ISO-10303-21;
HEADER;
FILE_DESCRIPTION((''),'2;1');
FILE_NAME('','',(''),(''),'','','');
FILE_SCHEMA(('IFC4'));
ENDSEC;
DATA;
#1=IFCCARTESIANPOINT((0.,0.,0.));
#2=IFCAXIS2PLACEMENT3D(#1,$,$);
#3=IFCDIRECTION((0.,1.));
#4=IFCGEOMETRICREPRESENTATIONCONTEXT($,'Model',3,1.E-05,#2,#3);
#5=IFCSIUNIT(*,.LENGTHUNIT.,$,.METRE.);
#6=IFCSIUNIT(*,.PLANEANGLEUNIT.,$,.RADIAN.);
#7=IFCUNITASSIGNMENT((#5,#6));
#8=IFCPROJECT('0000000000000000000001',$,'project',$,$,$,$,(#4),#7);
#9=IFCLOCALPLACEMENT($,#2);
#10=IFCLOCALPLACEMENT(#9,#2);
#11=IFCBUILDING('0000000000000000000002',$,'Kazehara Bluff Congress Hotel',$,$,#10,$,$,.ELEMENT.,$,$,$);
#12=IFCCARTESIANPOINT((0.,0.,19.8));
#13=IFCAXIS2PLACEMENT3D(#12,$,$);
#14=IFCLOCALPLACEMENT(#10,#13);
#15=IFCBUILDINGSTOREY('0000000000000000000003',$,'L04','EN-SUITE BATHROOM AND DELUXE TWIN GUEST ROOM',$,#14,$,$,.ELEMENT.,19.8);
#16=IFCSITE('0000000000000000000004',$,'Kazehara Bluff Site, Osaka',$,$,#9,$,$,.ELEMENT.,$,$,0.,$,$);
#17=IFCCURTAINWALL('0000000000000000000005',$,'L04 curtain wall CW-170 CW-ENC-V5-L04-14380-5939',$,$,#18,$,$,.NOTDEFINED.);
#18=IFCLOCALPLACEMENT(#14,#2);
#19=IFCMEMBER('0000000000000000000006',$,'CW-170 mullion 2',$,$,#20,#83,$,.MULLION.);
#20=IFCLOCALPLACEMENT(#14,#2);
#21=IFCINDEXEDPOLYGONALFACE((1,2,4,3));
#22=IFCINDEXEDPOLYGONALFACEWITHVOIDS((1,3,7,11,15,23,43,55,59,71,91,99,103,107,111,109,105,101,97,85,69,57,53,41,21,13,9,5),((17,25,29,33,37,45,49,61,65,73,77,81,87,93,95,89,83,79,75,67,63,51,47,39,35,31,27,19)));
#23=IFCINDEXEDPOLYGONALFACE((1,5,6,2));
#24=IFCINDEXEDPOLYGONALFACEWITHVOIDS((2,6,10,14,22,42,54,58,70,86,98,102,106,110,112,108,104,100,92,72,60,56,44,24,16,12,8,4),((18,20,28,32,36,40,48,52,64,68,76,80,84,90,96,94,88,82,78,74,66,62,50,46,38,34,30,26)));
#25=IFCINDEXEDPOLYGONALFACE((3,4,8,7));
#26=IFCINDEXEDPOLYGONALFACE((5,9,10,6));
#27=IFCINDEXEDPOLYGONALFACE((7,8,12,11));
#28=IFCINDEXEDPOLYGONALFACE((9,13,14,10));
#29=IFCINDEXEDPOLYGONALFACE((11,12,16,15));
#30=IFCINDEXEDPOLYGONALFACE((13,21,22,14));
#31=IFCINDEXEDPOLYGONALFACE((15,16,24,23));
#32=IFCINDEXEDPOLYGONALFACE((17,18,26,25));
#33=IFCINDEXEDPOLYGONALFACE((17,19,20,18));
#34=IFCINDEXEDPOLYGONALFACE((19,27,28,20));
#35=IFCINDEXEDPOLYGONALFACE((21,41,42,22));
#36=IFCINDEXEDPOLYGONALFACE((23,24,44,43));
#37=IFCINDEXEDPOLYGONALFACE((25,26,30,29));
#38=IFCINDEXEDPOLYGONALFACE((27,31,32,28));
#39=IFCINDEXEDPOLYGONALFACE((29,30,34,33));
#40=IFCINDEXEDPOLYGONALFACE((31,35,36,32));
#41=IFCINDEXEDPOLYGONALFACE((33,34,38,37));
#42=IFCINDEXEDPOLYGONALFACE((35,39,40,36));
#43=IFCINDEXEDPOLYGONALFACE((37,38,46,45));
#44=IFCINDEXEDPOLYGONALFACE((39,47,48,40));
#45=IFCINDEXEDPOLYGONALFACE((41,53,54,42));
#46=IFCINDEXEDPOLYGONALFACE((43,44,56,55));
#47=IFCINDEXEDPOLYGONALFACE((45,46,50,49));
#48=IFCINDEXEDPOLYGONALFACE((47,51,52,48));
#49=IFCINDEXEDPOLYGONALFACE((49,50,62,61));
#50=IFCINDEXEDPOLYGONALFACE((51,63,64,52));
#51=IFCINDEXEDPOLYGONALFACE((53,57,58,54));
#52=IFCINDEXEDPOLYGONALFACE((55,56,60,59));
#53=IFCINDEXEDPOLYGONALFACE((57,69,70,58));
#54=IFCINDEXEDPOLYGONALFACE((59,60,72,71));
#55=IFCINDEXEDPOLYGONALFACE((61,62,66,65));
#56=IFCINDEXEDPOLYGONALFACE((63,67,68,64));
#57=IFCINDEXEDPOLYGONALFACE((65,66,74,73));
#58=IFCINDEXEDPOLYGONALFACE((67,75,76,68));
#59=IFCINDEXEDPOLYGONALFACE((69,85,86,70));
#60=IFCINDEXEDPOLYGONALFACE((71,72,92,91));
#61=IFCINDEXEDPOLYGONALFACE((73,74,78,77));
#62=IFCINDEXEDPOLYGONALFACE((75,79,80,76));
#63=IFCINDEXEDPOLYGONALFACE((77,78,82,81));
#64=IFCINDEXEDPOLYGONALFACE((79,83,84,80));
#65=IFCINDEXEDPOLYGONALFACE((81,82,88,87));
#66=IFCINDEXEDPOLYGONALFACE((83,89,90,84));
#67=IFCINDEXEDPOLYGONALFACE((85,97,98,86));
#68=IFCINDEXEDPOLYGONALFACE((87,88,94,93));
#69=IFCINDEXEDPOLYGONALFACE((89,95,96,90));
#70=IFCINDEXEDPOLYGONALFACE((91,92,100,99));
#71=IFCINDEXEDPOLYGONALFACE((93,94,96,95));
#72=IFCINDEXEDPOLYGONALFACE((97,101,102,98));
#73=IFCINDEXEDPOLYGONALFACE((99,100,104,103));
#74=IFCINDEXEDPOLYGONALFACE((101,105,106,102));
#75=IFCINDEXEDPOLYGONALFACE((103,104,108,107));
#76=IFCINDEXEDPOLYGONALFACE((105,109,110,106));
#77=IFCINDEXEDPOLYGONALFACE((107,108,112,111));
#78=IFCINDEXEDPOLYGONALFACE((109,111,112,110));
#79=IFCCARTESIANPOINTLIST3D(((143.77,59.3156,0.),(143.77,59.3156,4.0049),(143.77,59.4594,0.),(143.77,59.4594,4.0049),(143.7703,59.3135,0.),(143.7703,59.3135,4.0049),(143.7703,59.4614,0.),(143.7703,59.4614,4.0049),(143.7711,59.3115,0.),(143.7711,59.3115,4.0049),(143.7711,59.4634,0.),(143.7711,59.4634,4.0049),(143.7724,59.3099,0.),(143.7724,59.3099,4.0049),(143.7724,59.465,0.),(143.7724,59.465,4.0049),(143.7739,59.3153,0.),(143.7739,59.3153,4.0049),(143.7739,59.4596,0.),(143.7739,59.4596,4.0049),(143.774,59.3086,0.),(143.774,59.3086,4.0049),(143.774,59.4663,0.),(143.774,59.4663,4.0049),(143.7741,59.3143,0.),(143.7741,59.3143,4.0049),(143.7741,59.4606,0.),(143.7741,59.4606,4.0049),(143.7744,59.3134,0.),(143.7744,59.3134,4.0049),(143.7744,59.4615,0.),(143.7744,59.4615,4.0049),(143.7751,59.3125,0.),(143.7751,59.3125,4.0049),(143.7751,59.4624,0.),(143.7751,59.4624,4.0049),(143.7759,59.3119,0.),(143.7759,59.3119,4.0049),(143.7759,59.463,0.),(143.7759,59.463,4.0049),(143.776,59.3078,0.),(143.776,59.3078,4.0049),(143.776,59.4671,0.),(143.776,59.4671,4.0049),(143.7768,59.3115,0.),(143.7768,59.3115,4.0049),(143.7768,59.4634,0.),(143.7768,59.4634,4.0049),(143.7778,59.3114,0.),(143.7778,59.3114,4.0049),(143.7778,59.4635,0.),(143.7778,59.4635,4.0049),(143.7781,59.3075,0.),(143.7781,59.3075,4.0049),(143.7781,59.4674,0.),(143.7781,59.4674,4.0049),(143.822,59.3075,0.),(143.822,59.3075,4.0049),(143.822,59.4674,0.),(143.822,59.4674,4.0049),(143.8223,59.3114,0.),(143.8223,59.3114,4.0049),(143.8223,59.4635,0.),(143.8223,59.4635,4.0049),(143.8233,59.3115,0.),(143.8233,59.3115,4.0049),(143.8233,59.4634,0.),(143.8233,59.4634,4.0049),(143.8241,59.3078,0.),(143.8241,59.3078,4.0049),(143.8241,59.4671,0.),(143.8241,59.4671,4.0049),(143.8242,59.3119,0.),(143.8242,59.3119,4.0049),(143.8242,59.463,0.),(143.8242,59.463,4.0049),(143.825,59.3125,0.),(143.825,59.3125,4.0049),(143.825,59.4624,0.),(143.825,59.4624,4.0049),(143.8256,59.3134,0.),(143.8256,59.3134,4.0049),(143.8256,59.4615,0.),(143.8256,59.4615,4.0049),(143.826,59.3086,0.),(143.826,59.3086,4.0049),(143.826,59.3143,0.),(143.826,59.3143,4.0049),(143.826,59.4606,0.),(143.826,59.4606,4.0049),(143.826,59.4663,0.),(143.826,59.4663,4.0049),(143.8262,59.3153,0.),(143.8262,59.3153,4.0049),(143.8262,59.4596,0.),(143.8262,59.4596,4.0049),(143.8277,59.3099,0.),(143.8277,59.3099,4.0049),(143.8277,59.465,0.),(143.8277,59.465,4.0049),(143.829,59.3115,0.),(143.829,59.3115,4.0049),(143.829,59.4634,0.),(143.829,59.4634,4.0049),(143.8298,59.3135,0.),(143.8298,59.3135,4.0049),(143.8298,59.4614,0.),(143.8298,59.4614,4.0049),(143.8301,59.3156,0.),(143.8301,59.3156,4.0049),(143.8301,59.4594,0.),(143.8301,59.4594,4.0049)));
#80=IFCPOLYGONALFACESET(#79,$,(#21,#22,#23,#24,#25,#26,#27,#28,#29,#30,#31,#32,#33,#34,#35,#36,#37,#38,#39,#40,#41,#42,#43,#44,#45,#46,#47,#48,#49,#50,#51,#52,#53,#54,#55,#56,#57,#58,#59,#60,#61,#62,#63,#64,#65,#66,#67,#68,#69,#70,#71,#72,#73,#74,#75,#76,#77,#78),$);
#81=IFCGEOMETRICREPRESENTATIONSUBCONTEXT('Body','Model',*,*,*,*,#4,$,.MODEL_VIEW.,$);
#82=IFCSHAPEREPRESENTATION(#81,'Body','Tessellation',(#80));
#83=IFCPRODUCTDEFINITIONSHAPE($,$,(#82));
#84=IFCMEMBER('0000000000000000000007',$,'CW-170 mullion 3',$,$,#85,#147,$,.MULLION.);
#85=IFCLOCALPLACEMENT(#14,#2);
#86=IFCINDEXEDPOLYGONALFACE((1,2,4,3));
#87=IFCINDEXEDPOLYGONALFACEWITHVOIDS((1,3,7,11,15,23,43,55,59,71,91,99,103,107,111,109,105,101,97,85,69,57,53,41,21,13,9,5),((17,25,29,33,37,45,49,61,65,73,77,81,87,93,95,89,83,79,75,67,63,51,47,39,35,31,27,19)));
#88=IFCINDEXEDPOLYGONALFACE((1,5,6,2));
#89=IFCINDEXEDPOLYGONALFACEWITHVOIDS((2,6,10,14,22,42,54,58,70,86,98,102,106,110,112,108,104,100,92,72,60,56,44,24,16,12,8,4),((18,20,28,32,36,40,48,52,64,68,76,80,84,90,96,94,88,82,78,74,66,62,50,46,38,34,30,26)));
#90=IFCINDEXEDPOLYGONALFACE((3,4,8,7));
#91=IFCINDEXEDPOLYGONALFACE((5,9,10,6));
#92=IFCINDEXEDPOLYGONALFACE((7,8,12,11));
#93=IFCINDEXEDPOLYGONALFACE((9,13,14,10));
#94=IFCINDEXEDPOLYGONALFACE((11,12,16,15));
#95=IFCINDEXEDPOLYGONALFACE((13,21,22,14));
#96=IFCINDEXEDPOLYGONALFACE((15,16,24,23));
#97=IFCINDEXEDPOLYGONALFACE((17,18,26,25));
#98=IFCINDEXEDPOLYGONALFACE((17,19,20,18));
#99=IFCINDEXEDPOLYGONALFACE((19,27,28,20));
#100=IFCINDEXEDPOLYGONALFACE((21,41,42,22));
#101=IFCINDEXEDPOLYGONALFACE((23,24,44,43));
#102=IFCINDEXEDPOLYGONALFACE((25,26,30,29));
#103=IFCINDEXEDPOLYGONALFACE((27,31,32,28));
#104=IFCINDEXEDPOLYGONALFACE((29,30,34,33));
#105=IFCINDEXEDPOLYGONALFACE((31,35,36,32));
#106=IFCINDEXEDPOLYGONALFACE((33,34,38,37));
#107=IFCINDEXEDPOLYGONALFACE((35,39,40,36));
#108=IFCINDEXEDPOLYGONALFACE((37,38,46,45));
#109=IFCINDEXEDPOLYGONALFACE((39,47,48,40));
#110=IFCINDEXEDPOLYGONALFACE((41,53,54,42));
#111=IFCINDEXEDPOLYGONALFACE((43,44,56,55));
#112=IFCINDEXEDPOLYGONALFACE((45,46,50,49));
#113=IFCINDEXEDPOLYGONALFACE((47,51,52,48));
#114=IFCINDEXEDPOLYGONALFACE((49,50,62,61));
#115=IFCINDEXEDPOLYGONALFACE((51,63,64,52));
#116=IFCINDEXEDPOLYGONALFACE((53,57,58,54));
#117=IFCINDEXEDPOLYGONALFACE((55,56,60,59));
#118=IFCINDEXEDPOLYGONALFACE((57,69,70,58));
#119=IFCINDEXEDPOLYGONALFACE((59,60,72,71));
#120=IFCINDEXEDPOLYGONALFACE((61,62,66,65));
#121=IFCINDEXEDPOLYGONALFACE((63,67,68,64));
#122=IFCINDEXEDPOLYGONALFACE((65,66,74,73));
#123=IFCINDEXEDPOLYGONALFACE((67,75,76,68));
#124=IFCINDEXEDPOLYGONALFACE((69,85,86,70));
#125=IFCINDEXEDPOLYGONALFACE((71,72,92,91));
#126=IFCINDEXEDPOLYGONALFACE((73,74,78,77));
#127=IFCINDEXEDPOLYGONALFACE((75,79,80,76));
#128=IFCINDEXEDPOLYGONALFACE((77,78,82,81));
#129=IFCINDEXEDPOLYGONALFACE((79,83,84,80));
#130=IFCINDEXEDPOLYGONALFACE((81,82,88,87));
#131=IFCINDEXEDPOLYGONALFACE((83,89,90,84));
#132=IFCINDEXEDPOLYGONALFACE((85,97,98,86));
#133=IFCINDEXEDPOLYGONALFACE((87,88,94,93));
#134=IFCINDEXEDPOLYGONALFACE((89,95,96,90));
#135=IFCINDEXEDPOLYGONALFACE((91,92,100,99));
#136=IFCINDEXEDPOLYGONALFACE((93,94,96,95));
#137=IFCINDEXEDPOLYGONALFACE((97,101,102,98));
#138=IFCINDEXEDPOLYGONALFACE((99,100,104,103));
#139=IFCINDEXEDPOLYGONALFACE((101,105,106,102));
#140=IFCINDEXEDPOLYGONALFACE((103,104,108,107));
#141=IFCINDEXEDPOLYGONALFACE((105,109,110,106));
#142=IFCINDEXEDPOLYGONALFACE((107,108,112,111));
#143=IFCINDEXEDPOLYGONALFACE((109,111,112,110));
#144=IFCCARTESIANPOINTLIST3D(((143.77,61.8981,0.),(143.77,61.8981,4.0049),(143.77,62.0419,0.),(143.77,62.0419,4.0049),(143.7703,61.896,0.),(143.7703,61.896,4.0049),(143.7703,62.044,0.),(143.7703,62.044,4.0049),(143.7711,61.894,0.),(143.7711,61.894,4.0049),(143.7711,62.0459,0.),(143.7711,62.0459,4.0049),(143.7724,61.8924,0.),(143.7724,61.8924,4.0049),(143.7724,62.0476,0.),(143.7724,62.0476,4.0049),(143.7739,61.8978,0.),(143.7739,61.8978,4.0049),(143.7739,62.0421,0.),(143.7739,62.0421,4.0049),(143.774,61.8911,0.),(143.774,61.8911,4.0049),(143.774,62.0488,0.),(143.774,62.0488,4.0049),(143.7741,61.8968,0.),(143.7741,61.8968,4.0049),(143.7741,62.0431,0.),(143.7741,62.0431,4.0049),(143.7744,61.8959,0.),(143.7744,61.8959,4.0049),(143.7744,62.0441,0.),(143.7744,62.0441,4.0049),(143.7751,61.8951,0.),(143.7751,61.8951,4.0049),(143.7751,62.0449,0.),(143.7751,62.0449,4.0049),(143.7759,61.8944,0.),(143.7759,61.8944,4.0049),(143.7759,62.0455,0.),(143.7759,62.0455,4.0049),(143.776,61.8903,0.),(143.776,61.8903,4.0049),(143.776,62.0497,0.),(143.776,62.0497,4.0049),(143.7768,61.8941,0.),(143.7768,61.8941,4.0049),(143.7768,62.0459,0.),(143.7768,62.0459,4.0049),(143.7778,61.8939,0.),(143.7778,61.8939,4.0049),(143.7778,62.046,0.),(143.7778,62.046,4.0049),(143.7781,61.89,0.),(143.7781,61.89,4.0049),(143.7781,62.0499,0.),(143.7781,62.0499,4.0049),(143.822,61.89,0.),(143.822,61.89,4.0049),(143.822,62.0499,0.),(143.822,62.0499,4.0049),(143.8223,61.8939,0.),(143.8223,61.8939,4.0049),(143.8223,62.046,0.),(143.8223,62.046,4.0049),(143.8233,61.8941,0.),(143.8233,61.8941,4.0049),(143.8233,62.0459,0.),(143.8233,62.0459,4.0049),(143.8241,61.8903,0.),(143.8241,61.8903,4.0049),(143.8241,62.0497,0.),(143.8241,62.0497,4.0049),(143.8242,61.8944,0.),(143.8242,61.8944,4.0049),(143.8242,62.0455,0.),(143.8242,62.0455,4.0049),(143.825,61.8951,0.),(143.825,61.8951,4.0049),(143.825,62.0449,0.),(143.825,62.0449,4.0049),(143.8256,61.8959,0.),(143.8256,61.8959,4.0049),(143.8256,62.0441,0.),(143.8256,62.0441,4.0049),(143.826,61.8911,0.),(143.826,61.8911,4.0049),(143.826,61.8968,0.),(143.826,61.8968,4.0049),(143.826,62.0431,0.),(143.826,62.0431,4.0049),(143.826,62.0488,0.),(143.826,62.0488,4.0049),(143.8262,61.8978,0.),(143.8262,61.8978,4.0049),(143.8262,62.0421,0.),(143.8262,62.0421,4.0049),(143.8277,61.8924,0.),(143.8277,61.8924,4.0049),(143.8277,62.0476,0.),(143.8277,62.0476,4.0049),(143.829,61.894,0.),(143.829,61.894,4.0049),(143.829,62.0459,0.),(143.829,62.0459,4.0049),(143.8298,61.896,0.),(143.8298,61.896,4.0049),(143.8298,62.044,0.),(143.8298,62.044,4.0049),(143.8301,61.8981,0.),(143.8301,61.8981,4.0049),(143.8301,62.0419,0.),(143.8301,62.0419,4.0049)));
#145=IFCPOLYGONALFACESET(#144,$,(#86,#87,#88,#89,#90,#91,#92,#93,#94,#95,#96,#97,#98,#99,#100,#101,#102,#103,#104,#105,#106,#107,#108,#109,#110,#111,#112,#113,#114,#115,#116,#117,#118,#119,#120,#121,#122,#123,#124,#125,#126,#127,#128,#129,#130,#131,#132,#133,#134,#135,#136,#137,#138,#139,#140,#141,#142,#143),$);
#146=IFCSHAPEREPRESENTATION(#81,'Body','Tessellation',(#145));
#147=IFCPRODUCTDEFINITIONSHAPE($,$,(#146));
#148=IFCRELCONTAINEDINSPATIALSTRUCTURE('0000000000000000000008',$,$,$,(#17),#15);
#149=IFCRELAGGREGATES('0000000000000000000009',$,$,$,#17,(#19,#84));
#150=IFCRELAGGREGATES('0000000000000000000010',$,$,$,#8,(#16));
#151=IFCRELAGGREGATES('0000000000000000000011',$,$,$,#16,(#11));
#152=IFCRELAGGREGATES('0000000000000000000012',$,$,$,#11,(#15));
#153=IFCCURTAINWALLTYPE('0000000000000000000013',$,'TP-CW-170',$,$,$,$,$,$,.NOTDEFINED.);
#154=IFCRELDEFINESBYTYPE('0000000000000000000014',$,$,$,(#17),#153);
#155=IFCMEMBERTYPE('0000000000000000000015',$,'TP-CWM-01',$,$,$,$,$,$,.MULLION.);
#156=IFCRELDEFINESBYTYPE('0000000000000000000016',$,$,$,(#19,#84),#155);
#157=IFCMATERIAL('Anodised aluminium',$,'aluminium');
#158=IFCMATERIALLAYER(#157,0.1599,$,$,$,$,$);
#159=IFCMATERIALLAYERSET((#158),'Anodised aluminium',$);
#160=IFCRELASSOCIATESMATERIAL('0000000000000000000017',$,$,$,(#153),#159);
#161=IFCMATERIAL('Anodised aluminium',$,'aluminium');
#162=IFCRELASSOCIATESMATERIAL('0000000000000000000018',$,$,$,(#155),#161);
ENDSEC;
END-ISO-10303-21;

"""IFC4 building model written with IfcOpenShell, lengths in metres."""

from ifc_helpers import new_model, si_unit, direction, frame, origin, origin_2d, place, context, subcontext, project, spatial, hollow_rectangle, extrude, material, layer, layer_set, material_profile, profile_set, type_object, element, aggregate, save


model = new_model("IFC4")

# Units and contexts
model_context = context("Model", 3, precision=1e-05, world=origin(), true_north=direction((0.0, 1.0)))
body_context = subcontext(model_context, "Body", "Model", "MODEL_VIEW")
ifc_project = project(units=[si_unit("LENGTHUNIT", "METRE"), si_unit("PLANEANGLEUNIT", "RADIAN")], contexts=[model_context])

# Site, building, storey
site_placement = place(None, origin())
site = spatial("IfcSite", under=ifc_project, at=site_placement, Name="Kazehara Bluff Site, Osaka", CompositionType="ELEMENT", RefElevation=0.0)
building_placement = place(site_placement, origin())
building = spatial("IfcBuilding", under=site, at=building_placement, Name="Kazehara Bluff Congress Hotel", CompositionType="ELEMENT")
storey_placement = place(building_placement, frame((0.0, 0.0, 19.8)))
storey = spatial("IfcBuildingStorey", under=building, at=storey_placement, Name="L04", Description="EN-SUITE BATHROOM AND DELUXE TWIN GUEST ROOM", CompositionType="ELEMENT", Elevation=19.8)

# Curtain wall, members
ifc_material_1 = material(Name="Anodised aluminium", Category="aluminium")
ifc_layer_1 = layer(ifc_material_1, 0.1599)
ifc_layer_set_1 = layer_set([ifc_layer_1], Name="Anodised aluminium")
curtain_wall_type = type_object("IfcCurtainWallType", Name="TP-CW-170", PredefinedType="NOTDEFINED", material=ifc_layer_set_1)
curtain_wall_placement = place(storey_placement, origin())
curtain_wall = element("IfcCurtainWall", 1, at=curtain_wall_placement, inside=storey, type_object=curtain_wall_type, Name="L04 curtain wall CW-170 CW-ENC-V5-L04-14380-5939", PredefinedType="NOTDEFINED")
ifc_material_2 = material(Name="Anodised aluminium", Category="aluminium")
ifc_material_profile_1 = material_profile(ifc_material_2, hollow_rectangle(XDim=0.0601, YDim=0.1599, WallThickness=0.0039, InnerFilletRadius=0.0039, OuterFilletRadius=0.0081, at=origin_2d()))
ifc_profile_set_1 = profile_set([ifc_material_profile_1], Name="Anodised aluminium")
member_type_1 = type_object("IfcMemberType", Name="TP-CWM-01", PredefinedType="MULLION", material=ifc_profile_set_1)
member_1_placement = place(storey_placement, frame((143.8, 59.3875, 0.0), z_axis=(0.0, 0.0, 1.0), x_axis=(-1.0, 0.0, 0.0)))
member_1 = element("IfcMember", 2, at=member_1_placement, type_object=member_type_1, Name="CW-170 mullion 2", PredefinedType="MULLION", context=body_context, shape_type="SweptSolid", body=[
    extrude(hollow_rectangle(XDim=0.0601, YDim=0.1599, WallThickness=0.0039, InnerFilletRadius=0.0039, OuterFilletRadius=0.0081, at=origin_2d()), origin(), (0.0, 0.0, 1.0), 4.0049),
])
member_2_placement = place(storey_placement, frame((143.8, 61.97, 0.0), z_axis=(0.0, 0.0, 1.0), x_axis=(-1.0, 0.0, 0.0)))
member_2 = element("IfcMember", 3, at=member_2_placement, type_object=member_type_1, Name="CW-170 mullion 3", PredefinedType="MULLION", context=body_context, shape_type="SweptSolid", body=[
    extrude(hollow_rectangle(XDim=0.0601, YDim=0.1599, WallThickness=0.0039, InnerFilletRadius=0.0039, OuterFilletRadius=0.0081, at=origin_2d()), origin(), (0.0, 0.0, 1.0), 4.0049),
])

aggregate(curtain_wall, [member_1, member_2])

save(model, "model.ifc")
